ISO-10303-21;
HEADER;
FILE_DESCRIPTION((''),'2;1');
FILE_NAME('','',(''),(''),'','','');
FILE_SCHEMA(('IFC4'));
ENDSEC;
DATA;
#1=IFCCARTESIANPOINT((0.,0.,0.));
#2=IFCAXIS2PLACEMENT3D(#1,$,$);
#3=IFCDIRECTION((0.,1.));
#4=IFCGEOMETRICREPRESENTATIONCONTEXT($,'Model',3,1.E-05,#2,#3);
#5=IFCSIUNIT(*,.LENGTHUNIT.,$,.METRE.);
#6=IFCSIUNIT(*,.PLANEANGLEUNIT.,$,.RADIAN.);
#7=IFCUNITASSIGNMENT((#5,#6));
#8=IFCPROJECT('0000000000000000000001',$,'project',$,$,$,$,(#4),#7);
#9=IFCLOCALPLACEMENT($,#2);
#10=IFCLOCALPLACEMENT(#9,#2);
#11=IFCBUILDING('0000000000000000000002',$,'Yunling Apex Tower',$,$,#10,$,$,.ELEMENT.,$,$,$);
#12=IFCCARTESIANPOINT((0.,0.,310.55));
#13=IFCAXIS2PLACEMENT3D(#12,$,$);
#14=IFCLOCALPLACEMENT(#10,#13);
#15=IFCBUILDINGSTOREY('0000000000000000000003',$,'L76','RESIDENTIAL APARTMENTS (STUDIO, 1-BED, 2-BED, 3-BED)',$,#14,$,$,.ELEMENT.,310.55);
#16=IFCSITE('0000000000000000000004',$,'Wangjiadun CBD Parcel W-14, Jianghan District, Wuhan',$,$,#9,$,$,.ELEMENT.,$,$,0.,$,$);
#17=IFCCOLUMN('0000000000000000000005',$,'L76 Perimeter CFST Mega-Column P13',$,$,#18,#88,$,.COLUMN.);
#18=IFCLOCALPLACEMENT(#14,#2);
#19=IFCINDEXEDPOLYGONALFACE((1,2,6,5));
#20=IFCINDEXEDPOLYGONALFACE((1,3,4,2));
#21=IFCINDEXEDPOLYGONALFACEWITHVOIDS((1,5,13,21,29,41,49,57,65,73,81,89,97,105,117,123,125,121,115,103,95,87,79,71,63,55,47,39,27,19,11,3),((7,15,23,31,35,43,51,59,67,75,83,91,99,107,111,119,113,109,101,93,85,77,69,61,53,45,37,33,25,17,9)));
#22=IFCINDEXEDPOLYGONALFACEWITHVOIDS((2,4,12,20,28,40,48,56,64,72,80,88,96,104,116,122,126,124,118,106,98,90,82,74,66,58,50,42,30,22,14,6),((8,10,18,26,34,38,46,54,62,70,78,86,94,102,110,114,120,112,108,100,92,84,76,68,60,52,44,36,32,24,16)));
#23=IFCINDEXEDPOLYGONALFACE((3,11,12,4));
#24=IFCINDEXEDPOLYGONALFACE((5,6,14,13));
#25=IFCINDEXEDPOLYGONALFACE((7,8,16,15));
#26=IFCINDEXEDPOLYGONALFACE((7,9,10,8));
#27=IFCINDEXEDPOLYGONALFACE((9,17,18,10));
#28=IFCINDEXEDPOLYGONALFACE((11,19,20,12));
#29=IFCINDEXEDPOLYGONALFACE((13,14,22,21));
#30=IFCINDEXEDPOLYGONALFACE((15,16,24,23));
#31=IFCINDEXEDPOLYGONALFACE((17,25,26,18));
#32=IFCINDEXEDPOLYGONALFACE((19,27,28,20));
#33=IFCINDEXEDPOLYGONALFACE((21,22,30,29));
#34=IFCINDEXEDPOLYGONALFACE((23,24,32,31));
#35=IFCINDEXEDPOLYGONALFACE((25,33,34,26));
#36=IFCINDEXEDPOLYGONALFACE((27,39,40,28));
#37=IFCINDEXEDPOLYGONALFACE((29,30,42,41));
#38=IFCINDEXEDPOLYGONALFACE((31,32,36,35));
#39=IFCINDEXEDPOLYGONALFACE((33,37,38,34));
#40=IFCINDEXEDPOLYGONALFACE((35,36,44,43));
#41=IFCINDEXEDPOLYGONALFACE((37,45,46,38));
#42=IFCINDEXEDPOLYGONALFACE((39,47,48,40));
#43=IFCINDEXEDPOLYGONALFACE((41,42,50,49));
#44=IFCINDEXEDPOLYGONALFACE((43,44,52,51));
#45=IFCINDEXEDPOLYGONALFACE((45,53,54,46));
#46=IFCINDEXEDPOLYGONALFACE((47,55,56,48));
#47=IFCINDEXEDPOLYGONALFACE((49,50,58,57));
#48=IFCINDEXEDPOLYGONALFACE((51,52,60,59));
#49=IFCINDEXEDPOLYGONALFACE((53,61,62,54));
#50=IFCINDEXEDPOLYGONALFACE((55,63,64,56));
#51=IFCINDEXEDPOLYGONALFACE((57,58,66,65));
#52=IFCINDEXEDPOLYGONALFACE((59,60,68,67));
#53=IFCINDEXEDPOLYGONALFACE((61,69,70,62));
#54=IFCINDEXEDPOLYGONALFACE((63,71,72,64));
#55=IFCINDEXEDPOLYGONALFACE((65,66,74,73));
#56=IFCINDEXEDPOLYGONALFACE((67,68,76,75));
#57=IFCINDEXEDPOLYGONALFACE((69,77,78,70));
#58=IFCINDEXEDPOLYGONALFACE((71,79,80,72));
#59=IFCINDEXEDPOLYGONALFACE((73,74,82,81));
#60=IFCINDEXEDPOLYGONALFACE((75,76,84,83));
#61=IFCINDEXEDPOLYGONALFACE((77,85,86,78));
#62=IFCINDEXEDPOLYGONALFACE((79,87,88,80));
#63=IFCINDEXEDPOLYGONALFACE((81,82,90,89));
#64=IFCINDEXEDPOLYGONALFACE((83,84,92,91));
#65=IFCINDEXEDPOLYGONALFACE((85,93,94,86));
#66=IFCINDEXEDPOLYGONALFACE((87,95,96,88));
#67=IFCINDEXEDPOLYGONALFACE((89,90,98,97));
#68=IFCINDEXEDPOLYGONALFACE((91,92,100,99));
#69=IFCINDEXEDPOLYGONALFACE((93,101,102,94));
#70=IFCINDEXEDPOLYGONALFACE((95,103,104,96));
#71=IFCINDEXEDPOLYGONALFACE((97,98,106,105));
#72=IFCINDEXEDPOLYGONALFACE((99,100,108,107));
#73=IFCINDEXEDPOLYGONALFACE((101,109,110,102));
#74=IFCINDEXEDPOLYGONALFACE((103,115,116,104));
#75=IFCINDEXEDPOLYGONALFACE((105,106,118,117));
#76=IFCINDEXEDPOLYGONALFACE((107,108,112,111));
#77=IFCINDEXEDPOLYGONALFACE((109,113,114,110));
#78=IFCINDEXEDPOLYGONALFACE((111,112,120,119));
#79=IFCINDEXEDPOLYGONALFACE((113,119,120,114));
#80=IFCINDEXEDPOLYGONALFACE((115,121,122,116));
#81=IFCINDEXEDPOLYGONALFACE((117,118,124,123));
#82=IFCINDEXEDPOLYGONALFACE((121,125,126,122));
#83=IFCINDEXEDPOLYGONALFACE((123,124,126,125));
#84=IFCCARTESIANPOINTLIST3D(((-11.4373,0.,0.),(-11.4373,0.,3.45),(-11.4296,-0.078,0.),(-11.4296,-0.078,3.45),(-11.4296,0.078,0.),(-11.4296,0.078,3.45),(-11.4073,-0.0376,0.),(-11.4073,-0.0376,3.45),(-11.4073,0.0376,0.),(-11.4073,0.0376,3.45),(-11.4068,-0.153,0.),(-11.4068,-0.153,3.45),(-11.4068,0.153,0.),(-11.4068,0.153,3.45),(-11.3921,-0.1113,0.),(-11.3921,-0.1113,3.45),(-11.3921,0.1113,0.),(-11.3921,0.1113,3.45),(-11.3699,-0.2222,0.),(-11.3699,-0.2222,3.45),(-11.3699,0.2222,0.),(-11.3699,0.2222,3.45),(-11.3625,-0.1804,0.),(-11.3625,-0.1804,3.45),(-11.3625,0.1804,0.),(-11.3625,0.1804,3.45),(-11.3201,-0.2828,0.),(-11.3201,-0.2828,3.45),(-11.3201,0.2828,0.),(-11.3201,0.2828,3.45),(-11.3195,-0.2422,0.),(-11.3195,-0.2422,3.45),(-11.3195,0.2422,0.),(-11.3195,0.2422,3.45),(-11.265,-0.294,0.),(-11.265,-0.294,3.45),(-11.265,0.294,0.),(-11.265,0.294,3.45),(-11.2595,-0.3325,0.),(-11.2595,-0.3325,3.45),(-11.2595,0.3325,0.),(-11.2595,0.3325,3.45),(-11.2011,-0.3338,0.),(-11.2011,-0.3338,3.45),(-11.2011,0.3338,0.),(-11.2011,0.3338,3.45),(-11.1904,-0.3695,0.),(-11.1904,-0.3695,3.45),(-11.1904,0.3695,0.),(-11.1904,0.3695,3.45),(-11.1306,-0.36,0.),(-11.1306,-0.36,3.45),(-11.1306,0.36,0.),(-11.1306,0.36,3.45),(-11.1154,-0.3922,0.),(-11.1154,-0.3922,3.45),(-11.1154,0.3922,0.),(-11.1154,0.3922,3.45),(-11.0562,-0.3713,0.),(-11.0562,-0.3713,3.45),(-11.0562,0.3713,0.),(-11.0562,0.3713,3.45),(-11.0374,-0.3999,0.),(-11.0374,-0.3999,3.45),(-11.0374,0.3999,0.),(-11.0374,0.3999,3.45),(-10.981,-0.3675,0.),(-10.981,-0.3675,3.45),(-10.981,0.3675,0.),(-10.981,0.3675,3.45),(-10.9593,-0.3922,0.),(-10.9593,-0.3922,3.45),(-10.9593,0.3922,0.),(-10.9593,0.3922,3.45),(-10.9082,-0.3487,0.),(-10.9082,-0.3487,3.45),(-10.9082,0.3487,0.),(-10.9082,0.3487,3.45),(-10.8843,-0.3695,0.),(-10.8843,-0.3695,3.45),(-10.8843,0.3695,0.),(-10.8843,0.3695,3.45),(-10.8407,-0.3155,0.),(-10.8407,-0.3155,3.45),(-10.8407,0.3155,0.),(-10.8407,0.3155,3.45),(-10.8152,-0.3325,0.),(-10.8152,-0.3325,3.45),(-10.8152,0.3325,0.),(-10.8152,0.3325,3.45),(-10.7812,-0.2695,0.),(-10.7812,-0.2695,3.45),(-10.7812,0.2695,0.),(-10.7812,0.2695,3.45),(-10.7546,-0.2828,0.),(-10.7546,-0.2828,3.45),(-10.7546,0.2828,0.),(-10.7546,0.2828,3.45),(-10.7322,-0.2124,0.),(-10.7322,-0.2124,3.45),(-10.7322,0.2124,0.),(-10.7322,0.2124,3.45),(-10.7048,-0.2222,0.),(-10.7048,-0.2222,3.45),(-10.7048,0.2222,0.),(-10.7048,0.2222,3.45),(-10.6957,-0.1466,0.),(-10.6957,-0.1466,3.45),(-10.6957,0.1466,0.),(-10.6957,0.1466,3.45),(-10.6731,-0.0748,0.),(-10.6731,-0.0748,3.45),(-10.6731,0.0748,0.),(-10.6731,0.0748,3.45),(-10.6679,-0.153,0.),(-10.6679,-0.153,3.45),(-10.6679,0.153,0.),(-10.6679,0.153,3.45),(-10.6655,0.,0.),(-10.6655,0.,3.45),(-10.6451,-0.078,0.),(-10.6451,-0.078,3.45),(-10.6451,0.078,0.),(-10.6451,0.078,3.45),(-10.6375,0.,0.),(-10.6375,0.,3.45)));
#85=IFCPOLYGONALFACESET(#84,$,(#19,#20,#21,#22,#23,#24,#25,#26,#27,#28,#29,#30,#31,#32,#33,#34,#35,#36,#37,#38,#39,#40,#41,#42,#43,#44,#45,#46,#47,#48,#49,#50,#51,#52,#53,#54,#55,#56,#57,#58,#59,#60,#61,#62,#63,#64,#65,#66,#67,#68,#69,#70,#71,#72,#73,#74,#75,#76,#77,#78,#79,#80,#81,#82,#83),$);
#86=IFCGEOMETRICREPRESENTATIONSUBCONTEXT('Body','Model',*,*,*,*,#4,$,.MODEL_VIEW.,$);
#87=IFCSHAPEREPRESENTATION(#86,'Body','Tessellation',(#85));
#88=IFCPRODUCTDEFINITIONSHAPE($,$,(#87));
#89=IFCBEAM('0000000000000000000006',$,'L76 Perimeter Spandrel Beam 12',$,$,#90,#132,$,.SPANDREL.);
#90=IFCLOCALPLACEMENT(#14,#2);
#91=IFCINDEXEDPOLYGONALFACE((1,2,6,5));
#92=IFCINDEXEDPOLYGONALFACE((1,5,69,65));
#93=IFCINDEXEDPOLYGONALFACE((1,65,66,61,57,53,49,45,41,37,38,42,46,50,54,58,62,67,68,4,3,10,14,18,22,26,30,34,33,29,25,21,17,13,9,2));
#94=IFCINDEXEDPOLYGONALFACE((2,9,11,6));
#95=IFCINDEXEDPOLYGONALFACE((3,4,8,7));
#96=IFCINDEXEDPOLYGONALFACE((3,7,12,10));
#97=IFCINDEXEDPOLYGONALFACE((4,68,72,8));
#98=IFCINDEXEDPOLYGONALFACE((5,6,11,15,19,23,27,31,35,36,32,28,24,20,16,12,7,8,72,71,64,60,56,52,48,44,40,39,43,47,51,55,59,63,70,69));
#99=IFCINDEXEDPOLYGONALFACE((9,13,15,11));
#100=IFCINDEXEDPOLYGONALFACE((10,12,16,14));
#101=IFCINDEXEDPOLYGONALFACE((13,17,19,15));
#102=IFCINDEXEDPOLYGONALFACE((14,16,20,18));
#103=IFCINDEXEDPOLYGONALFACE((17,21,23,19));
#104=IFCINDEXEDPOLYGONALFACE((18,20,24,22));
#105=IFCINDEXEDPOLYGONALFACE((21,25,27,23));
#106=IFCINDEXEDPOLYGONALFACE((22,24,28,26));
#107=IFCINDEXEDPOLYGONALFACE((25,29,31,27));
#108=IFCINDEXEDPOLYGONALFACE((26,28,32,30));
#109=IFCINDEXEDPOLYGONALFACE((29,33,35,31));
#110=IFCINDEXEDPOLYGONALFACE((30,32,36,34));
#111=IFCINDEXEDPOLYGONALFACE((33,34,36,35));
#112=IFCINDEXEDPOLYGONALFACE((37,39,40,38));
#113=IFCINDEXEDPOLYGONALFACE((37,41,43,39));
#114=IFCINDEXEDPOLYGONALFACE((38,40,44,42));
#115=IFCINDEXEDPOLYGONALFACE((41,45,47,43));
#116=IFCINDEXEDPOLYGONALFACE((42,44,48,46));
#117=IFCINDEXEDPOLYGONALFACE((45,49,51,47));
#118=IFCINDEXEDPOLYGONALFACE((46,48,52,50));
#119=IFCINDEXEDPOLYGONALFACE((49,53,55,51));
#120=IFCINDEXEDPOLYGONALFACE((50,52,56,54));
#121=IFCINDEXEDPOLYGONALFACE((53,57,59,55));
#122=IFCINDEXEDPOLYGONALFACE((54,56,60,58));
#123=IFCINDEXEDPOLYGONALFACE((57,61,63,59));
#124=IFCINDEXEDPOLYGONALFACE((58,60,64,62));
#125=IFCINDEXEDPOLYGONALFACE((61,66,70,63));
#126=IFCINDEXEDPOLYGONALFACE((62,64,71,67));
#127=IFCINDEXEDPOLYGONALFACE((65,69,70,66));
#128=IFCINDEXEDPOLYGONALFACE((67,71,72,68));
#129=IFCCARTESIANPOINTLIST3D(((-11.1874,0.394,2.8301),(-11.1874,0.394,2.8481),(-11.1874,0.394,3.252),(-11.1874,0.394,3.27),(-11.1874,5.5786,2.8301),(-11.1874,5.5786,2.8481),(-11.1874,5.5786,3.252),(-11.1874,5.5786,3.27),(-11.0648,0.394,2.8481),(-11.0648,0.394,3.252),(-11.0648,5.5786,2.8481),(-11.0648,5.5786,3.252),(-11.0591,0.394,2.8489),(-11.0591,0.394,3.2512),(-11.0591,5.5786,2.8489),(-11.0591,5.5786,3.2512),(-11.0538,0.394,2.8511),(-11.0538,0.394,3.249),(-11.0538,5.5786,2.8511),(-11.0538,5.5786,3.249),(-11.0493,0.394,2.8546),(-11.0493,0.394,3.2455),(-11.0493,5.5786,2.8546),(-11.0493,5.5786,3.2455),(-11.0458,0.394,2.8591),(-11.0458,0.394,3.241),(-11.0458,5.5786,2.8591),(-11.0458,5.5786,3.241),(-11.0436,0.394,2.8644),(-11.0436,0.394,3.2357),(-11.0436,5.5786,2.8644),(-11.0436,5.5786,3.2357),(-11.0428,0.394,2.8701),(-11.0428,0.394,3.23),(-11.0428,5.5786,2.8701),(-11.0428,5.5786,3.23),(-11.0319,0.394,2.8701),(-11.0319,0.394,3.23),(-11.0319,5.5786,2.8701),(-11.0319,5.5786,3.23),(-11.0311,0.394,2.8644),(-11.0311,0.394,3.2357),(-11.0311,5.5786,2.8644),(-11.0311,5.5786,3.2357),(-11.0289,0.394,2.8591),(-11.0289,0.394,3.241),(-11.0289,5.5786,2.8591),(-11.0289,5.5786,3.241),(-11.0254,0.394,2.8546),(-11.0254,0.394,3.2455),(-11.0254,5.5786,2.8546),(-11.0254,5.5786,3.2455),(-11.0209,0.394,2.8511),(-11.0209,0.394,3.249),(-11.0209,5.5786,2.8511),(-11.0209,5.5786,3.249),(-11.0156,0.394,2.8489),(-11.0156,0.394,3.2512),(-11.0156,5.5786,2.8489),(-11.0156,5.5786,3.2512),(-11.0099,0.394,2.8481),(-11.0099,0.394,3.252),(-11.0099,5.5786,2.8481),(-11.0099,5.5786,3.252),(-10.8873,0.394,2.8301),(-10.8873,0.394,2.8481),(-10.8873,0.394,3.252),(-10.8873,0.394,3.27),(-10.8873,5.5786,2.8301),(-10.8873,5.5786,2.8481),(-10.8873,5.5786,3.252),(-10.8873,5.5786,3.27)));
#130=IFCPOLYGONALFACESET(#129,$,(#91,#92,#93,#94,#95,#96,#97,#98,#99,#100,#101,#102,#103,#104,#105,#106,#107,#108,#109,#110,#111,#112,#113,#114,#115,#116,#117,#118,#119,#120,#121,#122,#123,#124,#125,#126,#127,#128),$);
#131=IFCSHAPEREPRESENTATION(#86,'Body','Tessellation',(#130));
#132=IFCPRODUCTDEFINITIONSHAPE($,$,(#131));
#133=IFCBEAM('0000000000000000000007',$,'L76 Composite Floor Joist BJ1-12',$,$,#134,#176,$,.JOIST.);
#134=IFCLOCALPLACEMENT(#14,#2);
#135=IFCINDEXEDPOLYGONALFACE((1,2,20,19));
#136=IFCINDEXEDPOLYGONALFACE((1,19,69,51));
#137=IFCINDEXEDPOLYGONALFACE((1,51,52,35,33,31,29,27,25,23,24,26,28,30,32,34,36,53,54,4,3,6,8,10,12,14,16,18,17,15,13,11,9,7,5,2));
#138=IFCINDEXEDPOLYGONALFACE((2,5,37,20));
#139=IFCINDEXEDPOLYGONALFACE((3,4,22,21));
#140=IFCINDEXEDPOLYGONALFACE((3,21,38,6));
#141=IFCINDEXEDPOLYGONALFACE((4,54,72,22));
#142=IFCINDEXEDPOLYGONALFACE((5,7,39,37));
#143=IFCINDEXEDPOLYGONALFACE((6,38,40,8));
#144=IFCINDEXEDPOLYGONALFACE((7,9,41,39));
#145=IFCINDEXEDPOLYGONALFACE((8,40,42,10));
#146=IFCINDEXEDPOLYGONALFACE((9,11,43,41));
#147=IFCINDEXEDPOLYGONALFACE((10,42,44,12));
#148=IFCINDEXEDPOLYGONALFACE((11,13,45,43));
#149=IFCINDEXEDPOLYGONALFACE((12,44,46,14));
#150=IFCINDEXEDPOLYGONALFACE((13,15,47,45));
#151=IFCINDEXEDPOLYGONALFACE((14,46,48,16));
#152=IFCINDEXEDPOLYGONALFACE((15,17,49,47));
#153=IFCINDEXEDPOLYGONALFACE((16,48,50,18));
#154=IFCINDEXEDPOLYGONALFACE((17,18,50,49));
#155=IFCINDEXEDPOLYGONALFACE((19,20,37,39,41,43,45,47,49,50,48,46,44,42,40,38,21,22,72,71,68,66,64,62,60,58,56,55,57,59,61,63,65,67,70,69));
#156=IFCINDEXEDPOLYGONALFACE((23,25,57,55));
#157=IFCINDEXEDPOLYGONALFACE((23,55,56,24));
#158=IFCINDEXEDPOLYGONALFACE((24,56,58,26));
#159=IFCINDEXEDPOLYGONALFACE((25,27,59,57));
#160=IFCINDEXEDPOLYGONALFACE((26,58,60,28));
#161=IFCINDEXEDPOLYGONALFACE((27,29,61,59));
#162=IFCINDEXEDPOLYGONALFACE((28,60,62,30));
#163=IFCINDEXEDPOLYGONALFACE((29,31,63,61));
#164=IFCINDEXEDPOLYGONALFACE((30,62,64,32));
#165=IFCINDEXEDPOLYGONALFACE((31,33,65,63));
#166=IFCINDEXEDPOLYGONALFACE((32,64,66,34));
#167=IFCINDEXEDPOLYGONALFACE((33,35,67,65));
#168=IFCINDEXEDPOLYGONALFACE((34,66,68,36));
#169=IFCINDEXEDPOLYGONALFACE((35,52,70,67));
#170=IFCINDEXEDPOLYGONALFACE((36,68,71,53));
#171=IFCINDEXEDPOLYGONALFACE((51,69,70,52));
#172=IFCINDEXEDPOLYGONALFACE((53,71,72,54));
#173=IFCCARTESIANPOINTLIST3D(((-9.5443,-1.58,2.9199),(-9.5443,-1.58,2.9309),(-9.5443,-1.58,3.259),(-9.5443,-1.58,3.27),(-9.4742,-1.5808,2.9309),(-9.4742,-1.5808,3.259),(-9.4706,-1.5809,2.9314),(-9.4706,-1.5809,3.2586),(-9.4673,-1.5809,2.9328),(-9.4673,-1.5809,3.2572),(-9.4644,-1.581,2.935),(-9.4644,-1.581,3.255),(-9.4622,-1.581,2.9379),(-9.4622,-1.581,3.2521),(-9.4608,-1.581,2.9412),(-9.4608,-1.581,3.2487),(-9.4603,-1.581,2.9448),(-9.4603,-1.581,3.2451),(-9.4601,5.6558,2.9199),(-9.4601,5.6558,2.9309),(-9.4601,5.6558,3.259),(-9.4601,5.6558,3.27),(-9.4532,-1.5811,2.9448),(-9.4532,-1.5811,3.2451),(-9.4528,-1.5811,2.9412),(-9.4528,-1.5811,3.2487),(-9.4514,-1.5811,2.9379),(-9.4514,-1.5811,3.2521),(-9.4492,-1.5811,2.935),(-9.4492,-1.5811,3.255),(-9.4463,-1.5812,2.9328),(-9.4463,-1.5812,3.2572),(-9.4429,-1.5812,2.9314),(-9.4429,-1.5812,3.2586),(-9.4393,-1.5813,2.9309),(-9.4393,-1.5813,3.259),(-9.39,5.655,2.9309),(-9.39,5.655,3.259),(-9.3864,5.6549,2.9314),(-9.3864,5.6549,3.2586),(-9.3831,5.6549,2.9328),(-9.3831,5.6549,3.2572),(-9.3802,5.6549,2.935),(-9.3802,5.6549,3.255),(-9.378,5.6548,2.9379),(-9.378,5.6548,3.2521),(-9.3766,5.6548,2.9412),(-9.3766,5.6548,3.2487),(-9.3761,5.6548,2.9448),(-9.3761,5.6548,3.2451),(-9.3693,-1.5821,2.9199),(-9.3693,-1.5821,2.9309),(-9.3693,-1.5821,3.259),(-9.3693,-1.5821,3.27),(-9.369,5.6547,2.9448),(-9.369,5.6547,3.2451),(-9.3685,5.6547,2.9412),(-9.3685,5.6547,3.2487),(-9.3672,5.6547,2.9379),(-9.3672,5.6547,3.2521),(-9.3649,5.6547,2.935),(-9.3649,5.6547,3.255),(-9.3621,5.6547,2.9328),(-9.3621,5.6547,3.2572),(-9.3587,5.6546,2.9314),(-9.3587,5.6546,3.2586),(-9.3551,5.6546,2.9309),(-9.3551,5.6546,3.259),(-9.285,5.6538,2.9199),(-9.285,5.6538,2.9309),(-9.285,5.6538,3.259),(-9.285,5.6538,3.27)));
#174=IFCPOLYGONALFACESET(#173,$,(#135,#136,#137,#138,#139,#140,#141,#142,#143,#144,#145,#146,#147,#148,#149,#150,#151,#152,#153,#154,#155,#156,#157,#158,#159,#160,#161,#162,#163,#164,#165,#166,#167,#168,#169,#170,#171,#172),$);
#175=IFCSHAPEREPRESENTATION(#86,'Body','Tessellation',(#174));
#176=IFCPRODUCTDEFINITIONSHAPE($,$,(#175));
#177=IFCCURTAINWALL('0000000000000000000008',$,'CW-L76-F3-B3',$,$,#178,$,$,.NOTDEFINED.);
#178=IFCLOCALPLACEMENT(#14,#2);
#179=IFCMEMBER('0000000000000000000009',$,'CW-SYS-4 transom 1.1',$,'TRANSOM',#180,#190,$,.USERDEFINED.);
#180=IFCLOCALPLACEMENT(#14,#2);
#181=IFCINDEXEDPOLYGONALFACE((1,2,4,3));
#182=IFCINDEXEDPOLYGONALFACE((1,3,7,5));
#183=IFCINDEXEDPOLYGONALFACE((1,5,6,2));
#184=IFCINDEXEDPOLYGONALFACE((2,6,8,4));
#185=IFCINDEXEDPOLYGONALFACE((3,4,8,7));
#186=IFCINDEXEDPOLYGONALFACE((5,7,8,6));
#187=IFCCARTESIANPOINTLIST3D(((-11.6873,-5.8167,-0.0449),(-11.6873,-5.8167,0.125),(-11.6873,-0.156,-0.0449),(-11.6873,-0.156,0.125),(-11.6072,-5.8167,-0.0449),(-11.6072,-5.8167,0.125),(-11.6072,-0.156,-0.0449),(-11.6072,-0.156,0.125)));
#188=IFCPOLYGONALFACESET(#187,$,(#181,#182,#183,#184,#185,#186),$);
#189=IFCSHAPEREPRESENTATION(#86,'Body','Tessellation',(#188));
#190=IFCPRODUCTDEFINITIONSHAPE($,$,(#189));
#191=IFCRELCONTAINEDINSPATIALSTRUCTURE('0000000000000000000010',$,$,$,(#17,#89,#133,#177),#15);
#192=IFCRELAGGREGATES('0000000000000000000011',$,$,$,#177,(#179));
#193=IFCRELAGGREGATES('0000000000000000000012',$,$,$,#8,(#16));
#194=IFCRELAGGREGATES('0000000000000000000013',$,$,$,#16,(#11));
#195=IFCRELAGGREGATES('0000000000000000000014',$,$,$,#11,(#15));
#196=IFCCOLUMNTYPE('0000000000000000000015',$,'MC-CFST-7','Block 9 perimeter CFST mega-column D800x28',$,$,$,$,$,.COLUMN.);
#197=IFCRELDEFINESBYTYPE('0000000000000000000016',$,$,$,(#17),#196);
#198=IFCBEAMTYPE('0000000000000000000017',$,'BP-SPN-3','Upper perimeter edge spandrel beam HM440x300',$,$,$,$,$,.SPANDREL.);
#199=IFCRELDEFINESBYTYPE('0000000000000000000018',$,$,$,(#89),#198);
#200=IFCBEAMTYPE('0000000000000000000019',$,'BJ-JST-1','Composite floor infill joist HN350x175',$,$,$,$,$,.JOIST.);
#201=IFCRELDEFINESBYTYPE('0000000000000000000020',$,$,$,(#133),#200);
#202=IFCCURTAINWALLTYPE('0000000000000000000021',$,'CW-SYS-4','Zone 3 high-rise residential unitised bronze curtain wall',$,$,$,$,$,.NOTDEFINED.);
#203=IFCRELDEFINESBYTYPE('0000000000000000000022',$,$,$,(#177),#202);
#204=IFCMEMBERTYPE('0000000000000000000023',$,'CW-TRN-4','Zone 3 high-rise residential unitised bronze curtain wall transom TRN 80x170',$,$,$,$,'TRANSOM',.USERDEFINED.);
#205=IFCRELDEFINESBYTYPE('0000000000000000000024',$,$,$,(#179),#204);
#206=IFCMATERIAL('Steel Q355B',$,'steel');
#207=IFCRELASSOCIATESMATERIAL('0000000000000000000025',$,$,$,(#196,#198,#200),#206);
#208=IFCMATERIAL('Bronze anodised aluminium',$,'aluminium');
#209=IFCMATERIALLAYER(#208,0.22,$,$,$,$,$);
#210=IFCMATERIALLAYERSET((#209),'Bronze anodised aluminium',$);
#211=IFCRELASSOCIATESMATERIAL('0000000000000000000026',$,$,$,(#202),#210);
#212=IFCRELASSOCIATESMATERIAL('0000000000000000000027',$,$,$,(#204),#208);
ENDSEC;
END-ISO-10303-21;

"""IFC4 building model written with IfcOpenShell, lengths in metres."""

from ifc_helpers import new_model, si_unit, direction, frame, origin, origin_2d, place, context, subcontext, project, spatial, rectangle, hollow_circle, i_section, extrude, source, transform, mapped, material, layer, layer_set, material_profile, profile_set, type_object, element, aggregate, save


model = new_model("IFC4")

# Units and contexts
model_context = context("Model", 3, precision=1e-05, world=origin(), true_north=direction((0.0, 1.0)))
body_context = subcontext(model_context, "Body", "Model", "MODEL_VIEW")
ifc_project = project(units=[si_unit("LENGTHUNIT", "METRE"), si_unit("PLANEANGLEUNIT", "RADIAN")], contexts=[model_context])

# Site, building, storey
site_placement = place(None, origin())
site = spatial("IfcSite", under=ifc_project, at=site_placement, Name="Wangjiadun CBD Parcel W-14, Jianghan District, Wuhan", CompositionType="ELEMENT", RefElevation=0.0)
building_placement = place(site_placement, origin())
building = spatial("IfcBuilding", under=site, at=building_placement, Name="Yunling Apex Tower", CompositionType="ELEMENT")
storey_placement = place(building_placement, frame((0.0, 0.0, 310.55)))
storey = spatial("IfcBuildingStorey", under=building, at=storey_placement, Name="L76", Description="RESIDENTIAL APARTMENTS (STUDIO, 1-BED, 2-BED, 3-BED)", CompositionType="ELEMENT", Elevation=310.55)

# Column
ifc_material_1 = material(Name="Steel Q355B", Category="steel")
ifc_material_profile_1 = material_profile(ifc_material_1, hollow_circle(Radius=0.3999, WallThickness=0.0281, at=origin_2d()))
ifc_profile_set_1 = profile_set([ifc_material_profile_1], Name="Steel Q355B")
column_type = type_object("IfcColumnType", Name="MC-CFST-7", Description="Block 9 perimeter CFST mega-column D800x28", PredefinedType="COLUMN", material=ifc_profile_set_1)
shared_shape_1 = source(origin(), body_context, "Body", "SweptSolid", [
    extrude(hollow_circle(Radius=0.3999, WallThickness=0.0281, at=origin_2d()), origin(), (0.0, 0.0, 1.0), 3.45),
])
column_placement = place(storey_placement, frame((-11.0374, 0.0, 0.0), z_axis=(0.0, 0.0, 1.0), x_axis=(1.0, 0.0, 0.0)))
element("IfcColumn", 1, at=column_placement, inside=storey, type_object=column_type, Name="L76 Perimeter CFST Mega-Column P13", PredefinedType="COLUMN", context=body_context, shape_type="MappedRepresentation", body=[
    mapped(shared_shape_1, transform((0.0, 0.0, 0.0), scale=1.0)),
])

# Beams
ifc_material_profile_2 = material_profile(ifc_material_1, i_section(OverallWidth=0.3, OverallDepth=0.4399, WebThickness=0.011, FlangeThickness=0.0181, FilletRadius=0.022, at=origin_2d()))
ifc_profile_set_2 = profile_set([ifc_material_profile_2], Name="Steel Q355B")
beam_type_1 = type_object("IfcBeamType", Name="BP-SPN-3", Description="Upper perimeter edge spandrel beam HM440x300", PredefinedType="SPANDREL", material=ifc_profile_set_2)
shared_shape_2 = source(origin(), body_context, "Body", "SweptSolid", [
    extrude(i_section(OverallWidth=0.3, OverallDepth=0.4399, WebThickness=0.011, FlangeThickness=0.0181, FilletRadius=0.022, at=origin_2d()), origin(), (0.0, 0.0, 1.0), 5.1846),
])
beam_1_placement = place(storey_placement, frame((-11.0374, 5.5786, 3.05), z_axis=(0.0, -1.0, 0.0), x_axis=(1.0, 0.0, 0.0)))
element("IfcBeam", 2, at=beam_1_placement, inside=storey, type_object=beam_type_1, Name="L76 Perimeter Spandrel Beam 12", PredefinedType="SPANDREL", context=body_context, shape_type="MappedRepresentation", body=[
    mapped(shared_shape_2, transform((0.0, 0.0, 0.0), scale=1.0)),
])
ifc_material_profile_3 = material_profile(ifc_material_1, i_section(OverallWidth=0.175, OverallDepth=0.3501, WebThickness=0.0071, FlangeThickness=0.011, FilletRadius=0.0139, at=origin_2d()))
ifc_profile_set_3 = profile_set([ifc_material_profile_3], Name="Steel Q355B")
beam_type_2 = type_object("IfcBeamType", Name="BJ-JST-1", Description="Composite floor infill joist HN350x175", PredefinedType="JOIST", material=ifc_profile_set_3)
shared_shape_3 = source(origin(), body_context, "Body", "SweptSolid", [
    extrude(i_section(OverallWidth=0.175, OverallDepth=0.3501, WebThickness=0.0071, FlangeThickness=0.011, FilletRadius=0.0139, at=origin_2d()), origin(), (0.0, 0.0, 1.0), 7.2363),
])
beam_2_placement = place(storey_placement, frame((-9.3726, 5.6548, 3.095), z_axis=(-0.01164, -0.999932, 0.0), x_axis=(0.999932, -0.01164, 0.0)))
element("IfcBeam", 3, at=beam_2_placement, inside=storey, type_object=beam_type_2, Name="L76 Composite Floor Joist BJ1-12", PredefinedType="JOIST", context=body_context, shape_type="MappedRepresentation", body=[
    mapped(shared_shape_3, transform((0.0, 0.0, 0.0), scale=1.0)),
])

# Curtain wall, member
ifc_material_2 = material(Name="Bronze anodised aluminium", Category="aluminium")
ifc_layer_1 = layer(ifc_material_2, 0.22)
ifc_layer_set_1 = layer_set([ifc_layer_1], Name="Bronze anodised aluminium")
curtain_wall_type = type_object("IfcCurtainWallType", Name="CW-SYS-4", Description="Zone 3 high-rise residential unitised bronze curtain wall", PredefinedType="NOTDEFINED", material=ifc_layer_set_1)
curtain_wall_1_placement = place(storey_placement, origin())
curtain_wall_1 = element("IfcCurtainWall", 4, at=curtain_wall_1_placement, inside=storey, type_object=curtain_wall_type, Name="CW-L76-F3-B3", PredefinedType="NOTDEFINED")
ifc_material_profile_4 = material_profile(ifc_material_2, rectangle(XDim=0.0801, YDim=0.1699, at=origin_2d()))
ifc_profile_set_4 = profile_set([ifc_material_profile_4], Name="Bronze anodised aluminium")
member_type_1 = type_object("IfcMemberType", Name="CW-TRN-4", Description="Zone 3 high-rise residential unitised bronze curtain wall transom TRN 80x170", ElementType="TRANSOM", PredefinedType="USERDEFINED", material=ifc_profile_set_4)
shared_shape_4 = source(origin(), body_context, "Body", "SweptSolid", [
    extrude(rectangle(XDim=0.0801, YDim=0.1699, at=origin_2d()), origin(), (0.0, 0.0, 1.0), 5.6606),
])
member_1_placement = place(storey_placement, frame((-11.6472, -0.156, 0.04), z_axis=(0.0, -1.0, 0.0), x_axis=(1.0, 0.0, 0.0)))
member_1 = element("IfcMember", 5, at=member_1_placement, type_object=member_type_1, Name="CW-SYS-4 transom 1.1", ObjectType="TRANSOM", PredefinedType="USERDEFINED", context=body_context, shape_type="MappedRepresentation", body=[
    mapped(shared_shape_4, transform((0.0, 0.0, 0.0), scale=1.0)),
])

aggregate(curtain_wall_1, [member_1])

save(model, "model.ifc")
